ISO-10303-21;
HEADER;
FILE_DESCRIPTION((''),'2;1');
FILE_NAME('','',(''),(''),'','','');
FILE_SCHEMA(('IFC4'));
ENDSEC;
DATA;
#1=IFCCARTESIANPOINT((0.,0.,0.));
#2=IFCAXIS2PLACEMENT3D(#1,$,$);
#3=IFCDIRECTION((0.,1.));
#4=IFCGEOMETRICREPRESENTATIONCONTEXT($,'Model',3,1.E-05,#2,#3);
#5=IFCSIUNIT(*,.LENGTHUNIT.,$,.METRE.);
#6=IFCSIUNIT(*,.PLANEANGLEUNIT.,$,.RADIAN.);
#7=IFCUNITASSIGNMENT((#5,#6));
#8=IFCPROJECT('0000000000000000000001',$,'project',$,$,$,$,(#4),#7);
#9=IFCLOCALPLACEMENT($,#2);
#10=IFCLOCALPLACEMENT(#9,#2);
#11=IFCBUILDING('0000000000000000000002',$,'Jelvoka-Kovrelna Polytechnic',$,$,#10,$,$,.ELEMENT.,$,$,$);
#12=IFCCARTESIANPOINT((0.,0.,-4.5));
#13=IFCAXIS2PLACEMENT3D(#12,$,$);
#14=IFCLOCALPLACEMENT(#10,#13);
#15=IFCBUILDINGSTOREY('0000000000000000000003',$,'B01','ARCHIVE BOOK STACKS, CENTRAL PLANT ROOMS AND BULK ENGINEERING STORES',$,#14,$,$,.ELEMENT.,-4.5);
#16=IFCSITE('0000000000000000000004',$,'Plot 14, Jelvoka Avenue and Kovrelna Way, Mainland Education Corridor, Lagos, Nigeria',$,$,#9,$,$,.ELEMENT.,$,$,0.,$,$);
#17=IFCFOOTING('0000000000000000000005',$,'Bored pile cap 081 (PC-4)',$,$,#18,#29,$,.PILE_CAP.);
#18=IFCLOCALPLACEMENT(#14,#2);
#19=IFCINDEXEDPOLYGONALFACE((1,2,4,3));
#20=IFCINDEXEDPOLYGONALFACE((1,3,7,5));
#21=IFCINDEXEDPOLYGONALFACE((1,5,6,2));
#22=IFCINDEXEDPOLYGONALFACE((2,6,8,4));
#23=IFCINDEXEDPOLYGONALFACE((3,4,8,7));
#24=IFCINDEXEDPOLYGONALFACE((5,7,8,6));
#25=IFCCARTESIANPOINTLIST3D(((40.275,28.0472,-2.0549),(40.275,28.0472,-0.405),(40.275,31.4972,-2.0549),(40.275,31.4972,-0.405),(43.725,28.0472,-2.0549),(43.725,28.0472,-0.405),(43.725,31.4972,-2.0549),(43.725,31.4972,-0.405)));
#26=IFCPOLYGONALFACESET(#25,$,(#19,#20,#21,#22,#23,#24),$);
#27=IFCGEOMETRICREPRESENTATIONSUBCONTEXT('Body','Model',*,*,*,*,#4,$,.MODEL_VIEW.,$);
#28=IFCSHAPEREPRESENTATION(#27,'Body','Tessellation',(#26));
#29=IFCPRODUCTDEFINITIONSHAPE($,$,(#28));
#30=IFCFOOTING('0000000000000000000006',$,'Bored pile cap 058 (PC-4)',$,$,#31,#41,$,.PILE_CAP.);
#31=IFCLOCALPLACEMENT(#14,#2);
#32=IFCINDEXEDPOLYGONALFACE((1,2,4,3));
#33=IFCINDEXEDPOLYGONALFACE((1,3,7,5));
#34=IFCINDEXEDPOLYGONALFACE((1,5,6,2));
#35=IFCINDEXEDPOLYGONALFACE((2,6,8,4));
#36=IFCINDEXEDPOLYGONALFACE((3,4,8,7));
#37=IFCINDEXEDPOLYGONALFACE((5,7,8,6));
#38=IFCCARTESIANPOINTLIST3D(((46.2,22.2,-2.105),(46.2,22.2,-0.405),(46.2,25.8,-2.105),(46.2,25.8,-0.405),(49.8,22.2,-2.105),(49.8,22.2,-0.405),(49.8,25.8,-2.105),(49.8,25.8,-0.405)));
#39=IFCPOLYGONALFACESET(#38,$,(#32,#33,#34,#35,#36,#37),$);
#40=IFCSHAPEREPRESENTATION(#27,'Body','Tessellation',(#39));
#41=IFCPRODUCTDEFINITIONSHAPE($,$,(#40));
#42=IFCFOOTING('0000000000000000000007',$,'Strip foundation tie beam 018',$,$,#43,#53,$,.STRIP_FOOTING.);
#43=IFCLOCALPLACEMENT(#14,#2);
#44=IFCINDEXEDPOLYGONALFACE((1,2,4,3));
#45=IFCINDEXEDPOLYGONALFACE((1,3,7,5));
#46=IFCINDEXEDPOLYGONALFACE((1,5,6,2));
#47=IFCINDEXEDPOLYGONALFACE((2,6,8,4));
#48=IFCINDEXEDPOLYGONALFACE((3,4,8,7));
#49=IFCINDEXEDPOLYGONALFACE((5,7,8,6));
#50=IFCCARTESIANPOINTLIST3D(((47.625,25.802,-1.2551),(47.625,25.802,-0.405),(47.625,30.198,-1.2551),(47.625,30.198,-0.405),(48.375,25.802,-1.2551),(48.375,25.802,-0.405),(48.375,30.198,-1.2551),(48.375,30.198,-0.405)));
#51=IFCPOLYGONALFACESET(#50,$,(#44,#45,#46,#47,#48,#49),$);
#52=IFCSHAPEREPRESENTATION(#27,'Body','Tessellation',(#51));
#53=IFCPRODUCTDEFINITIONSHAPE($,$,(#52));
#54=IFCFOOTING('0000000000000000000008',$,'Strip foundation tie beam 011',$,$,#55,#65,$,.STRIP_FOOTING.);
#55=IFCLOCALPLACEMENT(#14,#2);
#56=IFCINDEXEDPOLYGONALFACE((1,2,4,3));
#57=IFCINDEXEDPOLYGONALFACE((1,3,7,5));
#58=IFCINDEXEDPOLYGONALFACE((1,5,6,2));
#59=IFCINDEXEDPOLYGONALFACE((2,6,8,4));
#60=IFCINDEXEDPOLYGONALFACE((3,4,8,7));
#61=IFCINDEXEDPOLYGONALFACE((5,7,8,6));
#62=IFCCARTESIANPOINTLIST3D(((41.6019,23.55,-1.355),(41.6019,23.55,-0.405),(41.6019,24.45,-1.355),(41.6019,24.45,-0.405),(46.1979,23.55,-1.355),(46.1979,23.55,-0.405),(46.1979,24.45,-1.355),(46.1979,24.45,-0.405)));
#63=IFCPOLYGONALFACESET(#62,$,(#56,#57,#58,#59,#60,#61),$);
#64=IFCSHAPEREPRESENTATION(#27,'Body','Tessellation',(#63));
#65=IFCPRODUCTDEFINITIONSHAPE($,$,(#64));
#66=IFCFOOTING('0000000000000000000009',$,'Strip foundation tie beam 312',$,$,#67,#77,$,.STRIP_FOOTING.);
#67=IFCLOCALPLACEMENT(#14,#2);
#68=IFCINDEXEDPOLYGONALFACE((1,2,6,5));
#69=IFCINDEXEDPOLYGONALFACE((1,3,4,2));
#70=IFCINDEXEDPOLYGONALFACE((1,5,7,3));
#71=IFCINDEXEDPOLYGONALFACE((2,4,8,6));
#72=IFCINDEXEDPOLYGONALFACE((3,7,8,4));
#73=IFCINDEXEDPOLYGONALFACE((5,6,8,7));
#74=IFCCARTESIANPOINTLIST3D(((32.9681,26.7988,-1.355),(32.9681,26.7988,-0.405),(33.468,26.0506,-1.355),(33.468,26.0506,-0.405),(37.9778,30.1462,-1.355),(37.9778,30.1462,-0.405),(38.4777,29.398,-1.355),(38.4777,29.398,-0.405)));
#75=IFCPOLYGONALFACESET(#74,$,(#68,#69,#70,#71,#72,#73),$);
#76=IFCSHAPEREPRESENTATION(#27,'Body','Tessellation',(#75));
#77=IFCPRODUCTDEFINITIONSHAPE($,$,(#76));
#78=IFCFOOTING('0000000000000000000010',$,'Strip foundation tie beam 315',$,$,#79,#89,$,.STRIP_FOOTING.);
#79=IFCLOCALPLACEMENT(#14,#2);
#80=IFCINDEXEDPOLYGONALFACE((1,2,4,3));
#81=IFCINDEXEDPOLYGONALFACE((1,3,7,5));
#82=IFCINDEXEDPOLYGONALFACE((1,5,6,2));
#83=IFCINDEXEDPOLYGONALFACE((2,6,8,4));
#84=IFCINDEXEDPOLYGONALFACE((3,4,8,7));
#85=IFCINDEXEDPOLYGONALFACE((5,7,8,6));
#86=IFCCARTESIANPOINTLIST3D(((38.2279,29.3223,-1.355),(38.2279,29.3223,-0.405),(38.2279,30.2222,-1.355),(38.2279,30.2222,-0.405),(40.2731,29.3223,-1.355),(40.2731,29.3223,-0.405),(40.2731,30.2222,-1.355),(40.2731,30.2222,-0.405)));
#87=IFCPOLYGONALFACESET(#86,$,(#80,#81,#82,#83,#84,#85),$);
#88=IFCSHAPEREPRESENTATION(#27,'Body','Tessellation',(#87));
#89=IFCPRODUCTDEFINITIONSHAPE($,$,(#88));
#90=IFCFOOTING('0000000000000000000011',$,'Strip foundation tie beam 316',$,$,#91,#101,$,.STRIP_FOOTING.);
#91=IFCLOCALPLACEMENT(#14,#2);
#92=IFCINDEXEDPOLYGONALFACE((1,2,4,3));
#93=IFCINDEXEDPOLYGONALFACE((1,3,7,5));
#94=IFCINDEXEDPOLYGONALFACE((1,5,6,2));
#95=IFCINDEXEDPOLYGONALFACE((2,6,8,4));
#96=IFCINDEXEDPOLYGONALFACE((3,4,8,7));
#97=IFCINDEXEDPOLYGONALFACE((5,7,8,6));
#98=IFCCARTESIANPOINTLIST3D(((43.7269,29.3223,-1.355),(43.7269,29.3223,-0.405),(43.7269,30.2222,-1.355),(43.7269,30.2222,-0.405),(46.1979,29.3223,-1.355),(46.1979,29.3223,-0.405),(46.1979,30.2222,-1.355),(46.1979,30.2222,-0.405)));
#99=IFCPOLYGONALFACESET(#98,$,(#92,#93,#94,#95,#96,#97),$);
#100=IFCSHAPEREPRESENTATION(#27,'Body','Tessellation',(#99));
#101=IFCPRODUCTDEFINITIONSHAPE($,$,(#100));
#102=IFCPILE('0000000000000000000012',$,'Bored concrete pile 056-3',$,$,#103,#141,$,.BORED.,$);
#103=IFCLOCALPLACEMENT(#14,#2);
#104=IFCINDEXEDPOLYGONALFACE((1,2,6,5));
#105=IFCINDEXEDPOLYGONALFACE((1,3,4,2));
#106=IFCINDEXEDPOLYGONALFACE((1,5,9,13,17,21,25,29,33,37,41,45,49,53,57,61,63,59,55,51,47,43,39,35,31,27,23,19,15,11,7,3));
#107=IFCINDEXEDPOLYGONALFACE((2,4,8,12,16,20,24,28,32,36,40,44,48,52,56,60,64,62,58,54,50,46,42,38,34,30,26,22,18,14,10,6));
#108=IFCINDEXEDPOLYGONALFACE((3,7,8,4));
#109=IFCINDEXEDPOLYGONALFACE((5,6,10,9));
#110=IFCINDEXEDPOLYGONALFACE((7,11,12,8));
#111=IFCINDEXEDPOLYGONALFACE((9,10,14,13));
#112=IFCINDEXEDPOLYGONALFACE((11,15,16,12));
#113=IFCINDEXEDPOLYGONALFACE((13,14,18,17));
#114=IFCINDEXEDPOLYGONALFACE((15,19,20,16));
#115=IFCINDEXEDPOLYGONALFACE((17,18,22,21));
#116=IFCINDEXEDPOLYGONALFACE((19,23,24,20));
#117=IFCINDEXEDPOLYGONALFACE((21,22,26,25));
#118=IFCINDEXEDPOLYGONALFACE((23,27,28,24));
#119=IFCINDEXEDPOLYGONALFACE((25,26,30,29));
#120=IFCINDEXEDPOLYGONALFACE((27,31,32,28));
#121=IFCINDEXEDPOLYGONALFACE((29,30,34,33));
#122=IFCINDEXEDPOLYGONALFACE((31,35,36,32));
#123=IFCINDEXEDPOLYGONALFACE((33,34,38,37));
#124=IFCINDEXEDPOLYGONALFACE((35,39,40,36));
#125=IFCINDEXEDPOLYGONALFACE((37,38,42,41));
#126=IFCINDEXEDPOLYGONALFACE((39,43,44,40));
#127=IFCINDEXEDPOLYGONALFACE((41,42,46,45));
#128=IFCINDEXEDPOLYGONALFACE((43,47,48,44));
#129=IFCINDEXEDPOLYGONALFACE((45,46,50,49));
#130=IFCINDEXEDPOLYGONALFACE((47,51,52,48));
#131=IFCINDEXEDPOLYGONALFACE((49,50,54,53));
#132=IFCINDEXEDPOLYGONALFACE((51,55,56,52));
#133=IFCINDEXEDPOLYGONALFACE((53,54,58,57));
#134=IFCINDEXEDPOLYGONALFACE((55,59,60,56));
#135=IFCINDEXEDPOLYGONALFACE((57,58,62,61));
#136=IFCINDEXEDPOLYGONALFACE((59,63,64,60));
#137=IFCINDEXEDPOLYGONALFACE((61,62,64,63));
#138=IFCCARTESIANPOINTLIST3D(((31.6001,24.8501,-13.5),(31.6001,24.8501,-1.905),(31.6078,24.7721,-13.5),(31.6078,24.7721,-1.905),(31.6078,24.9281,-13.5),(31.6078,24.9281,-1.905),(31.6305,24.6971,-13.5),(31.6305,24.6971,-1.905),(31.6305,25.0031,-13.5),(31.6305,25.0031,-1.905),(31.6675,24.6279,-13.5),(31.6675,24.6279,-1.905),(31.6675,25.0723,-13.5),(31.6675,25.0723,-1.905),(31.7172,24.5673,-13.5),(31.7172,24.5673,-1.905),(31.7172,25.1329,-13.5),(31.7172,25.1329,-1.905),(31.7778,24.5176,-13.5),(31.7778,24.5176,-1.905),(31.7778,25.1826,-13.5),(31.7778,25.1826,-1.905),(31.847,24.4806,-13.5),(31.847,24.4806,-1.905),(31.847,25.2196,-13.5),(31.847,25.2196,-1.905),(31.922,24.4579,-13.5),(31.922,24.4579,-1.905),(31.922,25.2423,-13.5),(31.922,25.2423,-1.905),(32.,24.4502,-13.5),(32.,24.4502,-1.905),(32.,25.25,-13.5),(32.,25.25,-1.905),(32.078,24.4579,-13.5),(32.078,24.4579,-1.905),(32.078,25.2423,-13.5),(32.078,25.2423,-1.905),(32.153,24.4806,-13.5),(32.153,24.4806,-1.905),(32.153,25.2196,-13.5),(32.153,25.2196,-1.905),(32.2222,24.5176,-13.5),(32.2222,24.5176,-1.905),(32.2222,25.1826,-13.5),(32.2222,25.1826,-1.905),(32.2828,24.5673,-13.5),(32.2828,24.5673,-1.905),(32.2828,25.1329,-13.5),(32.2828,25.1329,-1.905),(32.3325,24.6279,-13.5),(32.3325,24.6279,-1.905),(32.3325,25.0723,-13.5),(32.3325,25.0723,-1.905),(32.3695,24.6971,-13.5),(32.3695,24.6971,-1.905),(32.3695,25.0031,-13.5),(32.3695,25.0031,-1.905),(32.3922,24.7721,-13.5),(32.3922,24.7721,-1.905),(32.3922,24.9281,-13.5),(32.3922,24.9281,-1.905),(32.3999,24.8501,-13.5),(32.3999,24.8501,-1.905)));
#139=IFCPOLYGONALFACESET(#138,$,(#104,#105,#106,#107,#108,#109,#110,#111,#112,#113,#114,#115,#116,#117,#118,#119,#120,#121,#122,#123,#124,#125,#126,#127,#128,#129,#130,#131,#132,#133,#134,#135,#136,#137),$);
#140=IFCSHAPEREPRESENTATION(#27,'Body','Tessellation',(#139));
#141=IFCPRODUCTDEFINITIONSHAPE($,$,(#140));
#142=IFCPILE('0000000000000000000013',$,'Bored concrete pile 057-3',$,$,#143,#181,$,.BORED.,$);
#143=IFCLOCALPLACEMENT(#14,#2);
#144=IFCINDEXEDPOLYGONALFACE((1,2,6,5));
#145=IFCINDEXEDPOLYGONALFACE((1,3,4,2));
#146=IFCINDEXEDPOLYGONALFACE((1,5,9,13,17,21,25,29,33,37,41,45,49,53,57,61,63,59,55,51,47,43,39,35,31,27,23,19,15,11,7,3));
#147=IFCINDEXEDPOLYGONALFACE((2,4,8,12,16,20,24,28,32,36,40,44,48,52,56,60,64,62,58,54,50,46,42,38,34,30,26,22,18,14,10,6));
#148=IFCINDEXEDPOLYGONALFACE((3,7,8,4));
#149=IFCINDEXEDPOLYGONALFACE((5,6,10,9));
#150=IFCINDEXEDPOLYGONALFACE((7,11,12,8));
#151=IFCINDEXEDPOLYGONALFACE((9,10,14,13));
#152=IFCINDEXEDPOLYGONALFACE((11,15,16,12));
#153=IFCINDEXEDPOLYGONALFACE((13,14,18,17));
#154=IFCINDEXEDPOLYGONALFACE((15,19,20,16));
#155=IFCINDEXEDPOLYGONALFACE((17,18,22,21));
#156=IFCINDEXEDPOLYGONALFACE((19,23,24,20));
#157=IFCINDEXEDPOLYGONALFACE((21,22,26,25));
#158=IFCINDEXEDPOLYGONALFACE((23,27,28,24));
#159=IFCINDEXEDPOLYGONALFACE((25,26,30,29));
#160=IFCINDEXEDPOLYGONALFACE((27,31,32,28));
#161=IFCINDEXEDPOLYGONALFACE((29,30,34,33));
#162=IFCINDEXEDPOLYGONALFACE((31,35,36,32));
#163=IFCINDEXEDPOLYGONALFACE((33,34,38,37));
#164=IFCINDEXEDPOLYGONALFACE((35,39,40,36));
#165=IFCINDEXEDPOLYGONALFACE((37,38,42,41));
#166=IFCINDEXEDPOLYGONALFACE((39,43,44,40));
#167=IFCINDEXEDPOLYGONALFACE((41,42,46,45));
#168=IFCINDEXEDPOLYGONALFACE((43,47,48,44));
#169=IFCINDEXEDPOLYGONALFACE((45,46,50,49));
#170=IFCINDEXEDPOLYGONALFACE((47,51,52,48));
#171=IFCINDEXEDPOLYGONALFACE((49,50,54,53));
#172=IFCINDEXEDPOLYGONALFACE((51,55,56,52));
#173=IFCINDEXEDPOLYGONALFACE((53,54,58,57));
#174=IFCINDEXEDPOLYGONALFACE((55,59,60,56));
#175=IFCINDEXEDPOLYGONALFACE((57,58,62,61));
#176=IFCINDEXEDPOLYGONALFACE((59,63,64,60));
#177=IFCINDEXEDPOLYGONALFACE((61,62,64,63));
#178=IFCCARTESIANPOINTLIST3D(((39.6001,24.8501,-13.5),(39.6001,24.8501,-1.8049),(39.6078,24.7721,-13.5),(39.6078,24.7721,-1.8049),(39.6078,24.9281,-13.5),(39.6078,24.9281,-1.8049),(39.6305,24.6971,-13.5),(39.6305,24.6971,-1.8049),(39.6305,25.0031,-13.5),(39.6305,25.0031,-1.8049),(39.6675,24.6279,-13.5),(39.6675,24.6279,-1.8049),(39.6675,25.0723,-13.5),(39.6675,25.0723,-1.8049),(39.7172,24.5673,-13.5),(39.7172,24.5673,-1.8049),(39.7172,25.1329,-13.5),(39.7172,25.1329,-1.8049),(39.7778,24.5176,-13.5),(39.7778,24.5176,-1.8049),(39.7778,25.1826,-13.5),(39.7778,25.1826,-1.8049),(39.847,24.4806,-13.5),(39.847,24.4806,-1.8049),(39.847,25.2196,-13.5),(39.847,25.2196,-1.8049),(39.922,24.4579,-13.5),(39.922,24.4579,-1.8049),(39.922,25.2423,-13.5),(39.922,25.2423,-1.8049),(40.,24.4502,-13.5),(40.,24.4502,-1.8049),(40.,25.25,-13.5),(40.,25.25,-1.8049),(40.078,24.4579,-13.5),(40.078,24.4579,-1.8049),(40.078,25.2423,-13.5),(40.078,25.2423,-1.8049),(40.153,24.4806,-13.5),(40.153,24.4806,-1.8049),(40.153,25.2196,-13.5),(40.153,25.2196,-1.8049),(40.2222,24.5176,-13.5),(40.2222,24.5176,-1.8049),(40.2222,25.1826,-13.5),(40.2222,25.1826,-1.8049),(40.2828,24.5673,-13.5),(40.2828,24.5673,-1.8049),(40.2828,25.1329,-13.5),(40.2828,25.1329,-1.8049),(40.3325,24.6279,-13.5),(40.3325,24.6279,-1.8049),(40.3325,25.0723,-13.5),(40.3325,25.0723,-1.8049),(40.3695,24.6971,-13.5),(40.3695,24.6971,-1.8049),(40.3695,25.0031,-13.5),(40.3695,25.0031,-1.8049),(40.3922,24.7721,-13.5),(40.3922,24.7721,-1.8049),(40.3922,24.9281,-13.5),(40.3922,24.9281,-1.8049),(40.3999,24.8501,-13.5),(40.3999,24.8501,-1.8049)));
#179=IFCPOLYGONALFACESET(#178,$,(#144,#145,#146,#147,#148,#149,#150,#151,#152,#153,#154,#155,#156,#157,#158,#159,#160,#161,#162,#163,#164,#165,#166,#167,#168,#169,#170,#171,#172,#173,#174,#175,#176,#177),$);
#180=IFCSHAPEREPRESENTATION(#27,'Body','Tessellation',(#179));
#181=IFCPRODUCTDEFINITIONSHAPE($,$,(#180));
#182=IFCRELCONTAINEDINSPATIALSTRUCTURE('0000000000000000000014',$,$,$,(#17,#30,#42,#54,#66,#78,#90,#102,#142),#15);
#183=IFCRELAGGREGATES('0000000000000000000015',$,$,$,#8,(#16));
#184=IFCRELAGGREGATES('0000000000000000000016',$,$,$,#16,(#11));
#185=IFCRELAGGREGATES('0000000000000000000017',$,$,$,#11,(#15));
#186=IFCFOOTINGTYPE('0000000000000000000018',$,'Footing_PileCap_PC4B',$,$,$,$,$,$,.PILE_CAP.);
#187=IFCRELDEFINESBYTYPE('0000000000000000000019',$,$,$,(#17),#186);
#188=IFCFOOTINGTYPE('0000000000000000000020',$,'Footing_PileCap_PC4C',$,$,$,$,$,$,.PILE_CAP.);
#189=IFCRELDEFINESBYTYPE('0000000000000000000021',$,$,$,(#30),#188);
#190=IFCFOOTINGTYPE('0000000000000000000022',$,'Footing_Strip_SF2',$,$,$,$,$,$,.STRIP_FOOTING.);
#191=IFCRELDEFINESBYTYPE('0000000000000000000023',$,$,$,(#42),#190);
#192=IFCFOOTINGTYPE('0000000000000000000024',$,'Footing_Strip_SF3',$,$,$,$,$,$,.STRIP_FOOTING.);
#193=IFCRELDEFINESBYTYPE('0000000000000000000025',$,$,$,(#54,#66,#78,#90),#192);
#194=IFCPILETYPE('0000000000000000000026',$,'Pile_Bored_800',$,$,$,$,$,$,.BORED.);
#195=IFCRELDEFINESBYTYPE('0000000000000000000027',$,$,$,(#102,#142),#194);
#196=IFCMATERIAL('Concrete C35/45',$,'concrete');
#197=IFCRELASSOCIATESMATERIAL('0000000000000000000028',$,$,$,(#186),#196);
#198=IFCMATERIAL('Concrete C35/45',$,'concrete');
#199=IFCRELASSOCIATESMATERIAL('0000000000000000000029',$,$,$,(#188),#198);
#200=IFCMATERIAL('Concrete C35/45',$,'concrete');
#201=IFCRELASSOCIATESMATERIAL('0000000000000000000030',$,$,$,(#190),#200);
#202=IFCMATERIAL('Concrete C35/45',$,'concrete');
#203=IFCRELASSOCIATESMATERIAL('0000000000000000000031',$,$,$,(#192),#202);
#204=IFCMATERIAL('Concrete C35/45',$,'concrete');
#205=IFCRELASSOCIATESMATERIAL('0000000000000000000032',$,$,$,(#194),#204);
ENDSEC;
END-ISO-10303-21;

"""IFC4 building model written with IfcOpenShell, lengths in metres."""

from ifc_helpers import new_model, si_unit, direction, frame, origin, origin_2d, place, context, subcontext, project, spatial, rectangle, circle, extrude, material, material_profile, profile_set, type_object, element, save


model = new_model("IFC4")

# Units and contexts
model_context = context("Model", 3, precision=1e-05, world=origin(), true_north=direction((0.0, 1.0)))
body_context = subcontext(model_context, "Body", "Model", "MODEL_VIEW")
ifc_project = project(units=[si_unit("LENGTHUNIT", "METRE"), si_unit("PLANEANGLEUNIT", "RADIAN")], contexts=[model_context])

# Site, building, storey
site_placement = place(None, origin())
site = spatial("IfcSite", under=ifc_project, at=site_placement, Name="Plot 14, Jelvoka Avenue and Kovrelna Way, Mainland Education Corridor, Lagos, Nigeria", CompositionType="ELEMENT", RefElevation=0.0)
building_placement = place(site_placement, origin())
building = spatial("IfcBuilding", under=site, at=building_placement, Name="Jelvoka-Kovrelna Polytechnic", CompositionType="ELEMENT")
storey_placement = place(building_placement, frame((0.0, 0.0, -4.5)))
storey = spatial("IfcBuildingStorey", under=building, at=storey_placement, Name="B01", Description="ARCHIVE BOOK STACKS, CENTRAL PLANT ROOMS AND BULK ENGINEERING STORES", CompositionType="ELEMENT", Elevation=-4.5)

# Footings
ifc_material_1 = material(Name="Concrete C35/45", Category="concrete")
footing_type_1 = type_object("IfcFootingType", Name="Footing_PileCap_PC4B", PredefinedType="PILE_CAP", material=ifc_material_1)
footing_1_placement = place(storey_placement, frame((42.0, 29.7722, -2.0549), z_axis=(0.0, 0.0, 1.0), x_axis=(1.0, 0.0, 0.0)))
element("IfcFooting", 1, at=footing_1_placement, inside=storey, type_object=footing_type_1, Name="Bored pile cap 081 (PC-4)", PredefinedType="PILE_CAP", context=body_context, shape_type="SweptSolid", body=[
    extrude(rectangle(XDim=3.45, YDim=3.45, at=origin_2d()), origin(), (0.0, 0.0, 1.0), 1.6499),
])
ifc_material_2 = material(Name="Concrete C35/45", Category="concrete")
footing_type_2 = type_object("IfcFootingType", Name="Footing_PileCap_PC4C", PredefinedType="PILE_CAP", material=ifc_material_2)
footing_2_placement = place(storey_placement, frame((48.0, 24.0, -2.105), z_axis=(0.0, 0.0, 1.0), x_axis=(1.0, 0.0, 0.0)))
element("IfcFooting", 2, at=footing_2_placement, inside=storey, type_object=footing_type_2, Name="Bored pile cap 058 (PC-4)", PredefinedType="PILE_CAP", context=body_context, shape_type="SweptSolid", body=[
    extrude(rectangle(XDim=3.6001, YDim=3.6001, at=origin_2d()), origin(), (0.0, 0.0, 1.0), 1.7),
])
ifc_material_3 = material(Name="Concrete C35/45", Category="concrete")
footing_type_3 = type_object("IfcFootingType", Name="Footing_Strip_SF2", PredefinedType="STRIP_FOOTING", material=ifc_material_3)
footing_3_placement = place(storey_placement, frame((48.0, 28.0, -1.2551), z_axis=(0.0, 0.0, 1.0), x_axis=(0.0, 1.0, 0.0)))
element("IfcFooting", 3, at=footing_3_placement, inside=storey, type_object=footing_type_3, Name="Strip foundation tie beam 018", PredefinedType="STRIP_FOOTING", context=body_context, shape_type="SweptSolid", body=[
    extrude(rectangle(XDim=4.396, YDim=0.75, at=origin_2d()), origin(), (0.0, 0.0, 1.0), 0.8501),
])
ifc_material_4 = material(Name="Concrete C35/45", Category="concrete")
footing_type_4 = type_object("IfcFootingType", Name="Footing_Strip_SF3", PredefinedType="STRIP_FOOTING", material=ifc_material_4)
footing_4_placement = place(storey_placement, frame((43.8999, 24.0, -1.355), z_axis=(0.0, 0.0, 1.0), x_axis=(1.0, 0.0, 0.0)))
element("IfcFooting", 4, at=footing_4_placement, inside=storey, type_object=footing_type_4, Name="Strip foundation tie beam 011", PredefinedType="STRIP_FOOTING", context=body_context, shape_type="SweptSolid", body=[
    extrude(rectangle(XDim=4.5959, YDim=0.8999, at=origin_2d()), origin(), (0.0, 0.0, 1.0), 0.95),
])
footing_5_placement = place(storey_placement, frame((35.7229, 28.0984, -1.355), z_axis=(0.0, 0.0, 1.0), x_axis=(0.83147, 0.55557, 0.0)))
element("IfcFooting", 5, at=footing_5_placement, inside=storey, type_object=footing_type_4, Name="Strip foundation tie beam 312", PredefinedType="STRIP_FOOTING", context=body_context, shape_type="SweptSolid", body=[
    extrude(rectangle(XDim=6.0251, YDim=0.8999, at=origin_2d()), origin(), (0.0, 0.0, 1.0), 0.95),
])
footing_6_placement = place(storey_placement, frame((39.2505, 29.7722, -1.355), z_axis=(0.0, 0.0, 1.0), x_axis=(1.0, 0.0, 0.0)))
element("IfcFooting", 6, at=footing_6_placement, inside=storey, type_object=footing_type_4, Name="Strip foundation tie beam 315", PredefinedType="STRIP_FOOTING", context=body_context, shape_type="SweptSolid", body=[
    extrude(rectangle(XDim=2.0452, YDim=0.8999, at=origin_2d()), origin(), (0.0, 0.0, 1.0), 0.95),
])
footing_7_placement = place(storey_placement, frame((44.9624, 29.7722, -1.355), z_axis=(0.0, 0.0, 1.0), x_axis=(1.0, 0.0, 0.0)))
element("IfcFooting", 7, at=footing_7_placement, inside=storey, type_object=footing_type_4, Name="Strip foundation tie beam 316", PredefinedType="STRIP_FOOTING", context=body_context, shape_type="SweptSolid", body=[
    extrude(rectangle(XDim=2.4709, YDim=0.8999, at=origin_2d()), origin(), (0.0, 0.0, 1.0), 0.95),
])

# Piles
ifc_material_5 = material(Name="Concrete C35/45", Category="concrete")
ifc_material_profile_1 = material_profile(ifc_material_5, circle(Radius=0.3999, at=origin_2d()), Name="PILE D800")
ifc_profile_set_1 = profile_set([ifc_material_profile_1], Name="Concrete C35/45")
pile_type = type_object("IfcPileType", Name="Pile_Bored_800", PredefinedType="BORED", material=ifc_profile_set_1)
pile_1_placement = place(storey_placement, frame((32.0, 24.8501, -1.905), z_axis=(0.0, 0.0, -1.0), x_axis=(1.0, 0.0, 0.0)))
element("IfcPile", 8, at=pile_1_placement, inside=storey, type_object=pile_type, Name="Bored concrete pile 056-3", PredefinedType="BORED", context=body_context, shape_type="SweptSolid", body=[
    extrude(circle(Radius=0.3999, at=origin_2d()), origin(), (0.0, 0.0, 1.0), 11.595),
])
pile_2_placement = place(storey_placement, frame((40.0, 24.8501, -1.8049), z_axis=(0.0, 0.0, -1.0), x_axis=(1.0, 0.0, 0.0)))
element("IfcPile", 9, at=pile_2_placement, inside=storey, type_object=pile_type, Name="Bored concrete pile 057-3", PredefinedType="BORED", context=body_context, shape_type="SweptSolid", body=[
    extrude(circle(Radius=0.3999, at=origin_2d()), origin(), (0.0, 0.0, 1.0), 11.6951),
])

save(model, "model.ifc")
